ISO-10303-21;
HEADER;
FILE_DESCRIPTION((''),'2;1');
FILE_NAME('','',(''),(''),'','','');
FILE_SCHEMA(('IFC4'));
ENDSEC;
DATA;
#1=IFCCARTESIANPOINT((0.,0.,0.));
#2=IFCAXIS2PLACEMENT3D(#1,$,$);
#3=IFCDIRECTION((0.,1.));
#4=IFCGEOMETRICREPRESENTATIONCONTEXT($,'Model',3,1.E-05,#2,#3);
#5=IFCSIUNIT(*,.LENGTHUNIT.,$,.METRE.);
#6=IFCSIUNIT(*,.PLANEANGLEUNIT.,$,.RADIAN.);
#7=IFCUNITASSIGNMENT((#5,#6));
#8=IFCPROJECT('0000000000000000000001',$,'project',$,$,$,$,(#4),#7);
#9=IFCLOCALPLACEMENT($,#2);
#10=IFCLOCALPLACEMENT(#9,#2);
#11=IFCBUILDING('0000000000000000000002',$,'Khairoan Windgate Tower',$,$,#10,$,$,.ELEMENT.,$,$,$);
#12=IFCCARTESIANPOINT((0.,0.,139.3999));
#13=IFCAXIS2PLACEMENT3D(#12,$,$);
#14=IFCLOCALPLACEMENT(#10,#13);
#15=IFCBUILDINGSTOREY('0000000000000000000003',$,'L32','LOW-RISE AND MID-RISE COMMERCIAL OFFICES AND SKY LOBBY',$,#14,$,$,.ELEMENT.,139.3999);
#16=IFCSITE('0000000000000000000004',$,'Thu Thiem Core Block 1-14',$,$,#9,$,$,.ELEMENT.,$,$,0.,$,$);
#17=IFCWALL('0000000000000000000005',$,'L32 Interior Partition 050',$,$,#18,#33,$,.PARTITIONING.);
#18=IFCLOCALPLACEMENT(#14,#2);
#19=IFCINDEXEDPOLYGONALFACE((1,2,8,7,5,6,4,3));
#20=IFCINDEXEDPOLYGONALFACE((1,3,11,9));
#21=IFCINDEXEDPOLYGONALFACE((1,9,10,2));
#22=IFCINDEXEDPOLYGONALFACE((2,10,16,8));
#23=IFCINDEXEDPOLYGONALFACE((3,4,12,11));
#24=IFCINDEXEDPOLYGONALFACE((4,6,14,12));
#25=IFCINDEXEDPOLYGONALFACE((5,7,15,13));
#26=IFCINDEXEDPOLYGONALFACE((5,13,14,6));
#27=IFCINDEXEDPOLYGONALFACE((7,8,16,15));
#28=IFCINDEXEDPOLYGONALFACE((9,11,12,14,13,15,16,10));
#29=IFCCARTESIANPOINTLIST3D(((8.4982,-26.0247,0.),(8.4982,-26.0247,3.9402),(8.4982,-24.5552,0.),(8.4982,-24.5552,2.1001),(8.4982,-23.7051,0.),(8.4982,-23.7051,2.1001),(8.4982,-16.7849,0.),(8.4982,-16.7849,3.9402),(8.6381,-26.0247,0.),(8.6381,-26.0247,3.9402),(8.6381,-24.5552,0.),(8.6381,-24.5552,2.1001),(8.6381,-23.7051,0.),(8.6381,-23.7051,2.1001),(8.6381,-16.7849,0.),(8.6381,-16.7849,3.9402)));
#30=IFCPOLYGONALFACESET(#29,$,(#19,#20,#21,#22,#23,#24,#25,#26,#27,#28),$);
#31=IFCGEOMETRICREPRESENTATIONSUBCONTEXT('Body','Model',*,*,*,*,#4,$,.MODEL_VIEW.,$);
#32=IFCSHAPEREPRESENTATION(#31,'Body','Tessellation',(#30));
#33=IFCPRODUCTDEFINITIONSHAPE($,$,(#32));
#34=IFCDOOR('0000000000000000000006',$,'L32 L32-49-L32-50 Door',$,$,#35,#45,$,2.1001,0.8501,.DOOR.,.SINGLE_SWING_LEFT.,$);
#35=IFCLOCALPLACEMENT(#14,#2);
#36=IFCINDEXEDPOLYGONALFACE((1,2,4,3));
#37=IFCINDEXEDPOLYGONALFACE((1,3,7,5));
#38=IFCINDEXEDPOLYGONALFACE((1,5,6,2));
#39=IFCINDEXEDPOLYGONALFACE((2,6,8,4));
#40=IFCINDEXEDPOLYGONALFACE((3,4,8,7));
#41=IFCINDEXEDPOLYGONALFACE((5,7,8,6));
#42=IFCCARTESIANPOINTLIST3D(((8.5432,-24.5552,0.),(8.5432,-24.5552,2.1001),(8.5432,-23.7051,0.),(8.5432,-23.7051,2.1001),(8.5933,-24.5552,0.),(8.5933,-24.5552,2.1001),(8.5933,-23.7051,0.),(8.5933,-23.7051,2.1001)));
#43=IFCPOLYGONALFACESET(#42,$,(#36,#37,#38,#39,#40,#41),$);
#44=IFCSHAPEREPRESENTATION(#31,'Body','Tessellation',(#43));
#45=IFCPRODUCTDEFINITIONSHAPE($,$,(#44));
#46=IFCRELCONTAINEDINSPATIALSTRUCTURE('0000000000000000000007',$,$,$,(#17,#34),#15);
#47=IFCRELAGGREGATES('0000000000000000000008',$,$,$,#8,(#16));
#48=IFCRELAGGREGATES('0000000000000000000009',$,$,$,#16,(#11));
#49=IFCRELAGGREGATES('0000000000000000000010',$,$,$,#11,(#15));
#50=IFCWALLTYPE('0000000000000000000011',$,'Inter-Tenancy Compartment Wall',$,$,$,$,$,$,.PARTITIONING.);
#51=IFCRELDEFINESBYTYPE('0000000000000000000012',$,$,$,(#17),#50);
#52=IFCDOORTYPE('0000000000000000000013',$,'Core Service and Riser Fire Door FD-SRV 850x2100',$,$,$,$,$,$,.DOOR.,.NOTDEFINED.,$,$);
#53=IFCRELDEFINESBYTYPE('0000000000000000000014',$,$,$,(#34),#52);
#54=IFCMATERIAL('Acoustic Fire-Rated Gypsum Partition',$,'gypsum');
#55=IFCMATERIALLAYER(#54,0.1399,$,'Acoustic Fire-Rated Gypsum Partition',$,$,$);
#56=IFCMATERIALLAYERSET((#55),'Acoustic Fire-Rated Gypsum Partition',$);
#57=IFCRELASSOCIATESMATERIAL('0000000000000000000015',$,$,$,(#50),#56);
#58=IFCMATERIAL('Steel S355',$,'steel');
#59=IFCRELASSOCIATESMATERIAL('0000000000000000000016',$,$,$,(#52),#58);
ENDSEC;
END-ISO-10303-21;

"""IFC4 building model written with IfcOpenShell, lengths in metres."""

from ifc_helpers import new_model, si_unit, direction, frame, frame_2d, origin, place, context, subcontext, project, spatial, rectangle, extrude, material, layer, layer_set, type_object, element, fill, save


model = new_model("IFC4")

# Units and contexts
model_context = context("Model", 3, precision=1e-05, world=origin(), true_north=direction((0.0, 1.0)))
body_context = subcontext(model_context, "Body", "Model", "MODEL_VIEW")
ifc_project = project(units=[si_unit("LENGTHUNIT", "METRE"), si_unit("PLANEANGLEUNIT", "RADIAN")], contexts=[model_context])

# Site, building, storey
site_placement = place(None, origin())
site = spatial("IfcSite", under=ifc_project, at=site_placement, Name="Thu Thiem Core Block 1-14", CompositionType="ELEMENT", RefElevation=0.0)
building_placement = place(site_placement, origin())
building = spatial("IfcBuilding", under=site, at=building_placement, Name="Khairoan Windgate Tower", CompositionType="ELEMENT")
storey_placement = place(building_placement, frame((0.0, 0.0, 139.3999)))
storey = spatial("IfcBuildingStorey", under=building, at=storey_placement, Name="L32", Description="LOW-RISE AND MID-RISE COMMERCIAL OFFICES AND SKY LOBBY", CompositionType="ELEMENT", Elevation=139.3999)

# Shared definitions
ifc_material_1 = material(Name="Acoustic Fire-Rated Gypsum Partition", Category="gypsum")
ifc_layer_1 = layer(ifc_material_1, 0.1399, Name="Acoustic Fire-Rated Gypsum Partition")
ifc_layer_set_1 = layer_set([ifc_layer_1], Name="Acoustic Fire-Rated Gypsum Partition")
wall_type_1 = type_object("IfcWallType", Name="Inter-Tenancy Compartment Wall", PredefinedType="PARTITIONING", material=ifc_layer_set_1)

# Wall, opening, door
wall_1_placement = place(storey_placement, frame((8.5681, -26.0247, 0.0), z_axis=(0.0, 0.0, 1.0), x_axis=(0.0, 1.0, 0.0)))
wall_1 = element("IfcWall", 1, at=wall_1_placement, inside=storey, type_object=wall_type_1, Name="L32 Interior Partition 050", PredefinedType="PARTITIONING", context=body_context, shape_type="SweptSolid", body=[
    extrude(rectangle(XDim=9.2397, YDim=0.1399, at=frame_2d((4.6199, 0.0))), origin(), (0.0, 0.0, 1.0), 3.9402),
])
opening_1_placement = place(wall_1_placement, frame((1.4695, 0.0, 0.0)))
opening_1 = element("IfcOpeningElement", 2, at=opening_1_placement, cuts=wall_1, PredefinedType="OPENING", context=body_context, shape_type="SweptSolid", body=[
    extrude(rectangle(XDim=0.8501, YDim=2.1001, at=frame_2d((0.425, 1.05))), frame((0.0, 0.0798, 0.0), z_axis=(0.0, -1.0, 0.0), x_axis=(1.0, 0.0, 0.0)), (0.0, 0.0, 1.0), 0.1599),
])
ifc_material_2 = material(Name="Steel S355", Category="steel")
door_type_1 = type_object("IfcDoorType", Name="Core Service and Riser Fire Door FD-SRV 850x2100", OperationType="NOTDEFINED", PredefinedType="DOOR", material=ifc_material_2)
door_1_placement = place(opening_1_placement, origin())
door_1 = element("IfcDoor", 3, at=door_1_placement, inside=storey, type_object=door_type_1, Name="L32 L32-49-L32-50 Door", OperationType="SINGLE_SWING_LEFT", OverallHeight=2.1001, OverallWidth=0.8501, PredefinedType="DOOR", context=body_context, shape_type="SweptSolid", body=[
    extrude(rectangle(XDim=0.8501, YDim=2.1001, at=frame_2d((0.425, 1.05))), frame((0.0, 0.0249, 0.0), z_axis=(0.0, -1.0, 0.0), x_axis=(1.0, 0.0, 0.0)), (0.0, 0.0, 1.0), 0.05),
])
fill(opening_1, door_1)

save(model, "model.ifc")
